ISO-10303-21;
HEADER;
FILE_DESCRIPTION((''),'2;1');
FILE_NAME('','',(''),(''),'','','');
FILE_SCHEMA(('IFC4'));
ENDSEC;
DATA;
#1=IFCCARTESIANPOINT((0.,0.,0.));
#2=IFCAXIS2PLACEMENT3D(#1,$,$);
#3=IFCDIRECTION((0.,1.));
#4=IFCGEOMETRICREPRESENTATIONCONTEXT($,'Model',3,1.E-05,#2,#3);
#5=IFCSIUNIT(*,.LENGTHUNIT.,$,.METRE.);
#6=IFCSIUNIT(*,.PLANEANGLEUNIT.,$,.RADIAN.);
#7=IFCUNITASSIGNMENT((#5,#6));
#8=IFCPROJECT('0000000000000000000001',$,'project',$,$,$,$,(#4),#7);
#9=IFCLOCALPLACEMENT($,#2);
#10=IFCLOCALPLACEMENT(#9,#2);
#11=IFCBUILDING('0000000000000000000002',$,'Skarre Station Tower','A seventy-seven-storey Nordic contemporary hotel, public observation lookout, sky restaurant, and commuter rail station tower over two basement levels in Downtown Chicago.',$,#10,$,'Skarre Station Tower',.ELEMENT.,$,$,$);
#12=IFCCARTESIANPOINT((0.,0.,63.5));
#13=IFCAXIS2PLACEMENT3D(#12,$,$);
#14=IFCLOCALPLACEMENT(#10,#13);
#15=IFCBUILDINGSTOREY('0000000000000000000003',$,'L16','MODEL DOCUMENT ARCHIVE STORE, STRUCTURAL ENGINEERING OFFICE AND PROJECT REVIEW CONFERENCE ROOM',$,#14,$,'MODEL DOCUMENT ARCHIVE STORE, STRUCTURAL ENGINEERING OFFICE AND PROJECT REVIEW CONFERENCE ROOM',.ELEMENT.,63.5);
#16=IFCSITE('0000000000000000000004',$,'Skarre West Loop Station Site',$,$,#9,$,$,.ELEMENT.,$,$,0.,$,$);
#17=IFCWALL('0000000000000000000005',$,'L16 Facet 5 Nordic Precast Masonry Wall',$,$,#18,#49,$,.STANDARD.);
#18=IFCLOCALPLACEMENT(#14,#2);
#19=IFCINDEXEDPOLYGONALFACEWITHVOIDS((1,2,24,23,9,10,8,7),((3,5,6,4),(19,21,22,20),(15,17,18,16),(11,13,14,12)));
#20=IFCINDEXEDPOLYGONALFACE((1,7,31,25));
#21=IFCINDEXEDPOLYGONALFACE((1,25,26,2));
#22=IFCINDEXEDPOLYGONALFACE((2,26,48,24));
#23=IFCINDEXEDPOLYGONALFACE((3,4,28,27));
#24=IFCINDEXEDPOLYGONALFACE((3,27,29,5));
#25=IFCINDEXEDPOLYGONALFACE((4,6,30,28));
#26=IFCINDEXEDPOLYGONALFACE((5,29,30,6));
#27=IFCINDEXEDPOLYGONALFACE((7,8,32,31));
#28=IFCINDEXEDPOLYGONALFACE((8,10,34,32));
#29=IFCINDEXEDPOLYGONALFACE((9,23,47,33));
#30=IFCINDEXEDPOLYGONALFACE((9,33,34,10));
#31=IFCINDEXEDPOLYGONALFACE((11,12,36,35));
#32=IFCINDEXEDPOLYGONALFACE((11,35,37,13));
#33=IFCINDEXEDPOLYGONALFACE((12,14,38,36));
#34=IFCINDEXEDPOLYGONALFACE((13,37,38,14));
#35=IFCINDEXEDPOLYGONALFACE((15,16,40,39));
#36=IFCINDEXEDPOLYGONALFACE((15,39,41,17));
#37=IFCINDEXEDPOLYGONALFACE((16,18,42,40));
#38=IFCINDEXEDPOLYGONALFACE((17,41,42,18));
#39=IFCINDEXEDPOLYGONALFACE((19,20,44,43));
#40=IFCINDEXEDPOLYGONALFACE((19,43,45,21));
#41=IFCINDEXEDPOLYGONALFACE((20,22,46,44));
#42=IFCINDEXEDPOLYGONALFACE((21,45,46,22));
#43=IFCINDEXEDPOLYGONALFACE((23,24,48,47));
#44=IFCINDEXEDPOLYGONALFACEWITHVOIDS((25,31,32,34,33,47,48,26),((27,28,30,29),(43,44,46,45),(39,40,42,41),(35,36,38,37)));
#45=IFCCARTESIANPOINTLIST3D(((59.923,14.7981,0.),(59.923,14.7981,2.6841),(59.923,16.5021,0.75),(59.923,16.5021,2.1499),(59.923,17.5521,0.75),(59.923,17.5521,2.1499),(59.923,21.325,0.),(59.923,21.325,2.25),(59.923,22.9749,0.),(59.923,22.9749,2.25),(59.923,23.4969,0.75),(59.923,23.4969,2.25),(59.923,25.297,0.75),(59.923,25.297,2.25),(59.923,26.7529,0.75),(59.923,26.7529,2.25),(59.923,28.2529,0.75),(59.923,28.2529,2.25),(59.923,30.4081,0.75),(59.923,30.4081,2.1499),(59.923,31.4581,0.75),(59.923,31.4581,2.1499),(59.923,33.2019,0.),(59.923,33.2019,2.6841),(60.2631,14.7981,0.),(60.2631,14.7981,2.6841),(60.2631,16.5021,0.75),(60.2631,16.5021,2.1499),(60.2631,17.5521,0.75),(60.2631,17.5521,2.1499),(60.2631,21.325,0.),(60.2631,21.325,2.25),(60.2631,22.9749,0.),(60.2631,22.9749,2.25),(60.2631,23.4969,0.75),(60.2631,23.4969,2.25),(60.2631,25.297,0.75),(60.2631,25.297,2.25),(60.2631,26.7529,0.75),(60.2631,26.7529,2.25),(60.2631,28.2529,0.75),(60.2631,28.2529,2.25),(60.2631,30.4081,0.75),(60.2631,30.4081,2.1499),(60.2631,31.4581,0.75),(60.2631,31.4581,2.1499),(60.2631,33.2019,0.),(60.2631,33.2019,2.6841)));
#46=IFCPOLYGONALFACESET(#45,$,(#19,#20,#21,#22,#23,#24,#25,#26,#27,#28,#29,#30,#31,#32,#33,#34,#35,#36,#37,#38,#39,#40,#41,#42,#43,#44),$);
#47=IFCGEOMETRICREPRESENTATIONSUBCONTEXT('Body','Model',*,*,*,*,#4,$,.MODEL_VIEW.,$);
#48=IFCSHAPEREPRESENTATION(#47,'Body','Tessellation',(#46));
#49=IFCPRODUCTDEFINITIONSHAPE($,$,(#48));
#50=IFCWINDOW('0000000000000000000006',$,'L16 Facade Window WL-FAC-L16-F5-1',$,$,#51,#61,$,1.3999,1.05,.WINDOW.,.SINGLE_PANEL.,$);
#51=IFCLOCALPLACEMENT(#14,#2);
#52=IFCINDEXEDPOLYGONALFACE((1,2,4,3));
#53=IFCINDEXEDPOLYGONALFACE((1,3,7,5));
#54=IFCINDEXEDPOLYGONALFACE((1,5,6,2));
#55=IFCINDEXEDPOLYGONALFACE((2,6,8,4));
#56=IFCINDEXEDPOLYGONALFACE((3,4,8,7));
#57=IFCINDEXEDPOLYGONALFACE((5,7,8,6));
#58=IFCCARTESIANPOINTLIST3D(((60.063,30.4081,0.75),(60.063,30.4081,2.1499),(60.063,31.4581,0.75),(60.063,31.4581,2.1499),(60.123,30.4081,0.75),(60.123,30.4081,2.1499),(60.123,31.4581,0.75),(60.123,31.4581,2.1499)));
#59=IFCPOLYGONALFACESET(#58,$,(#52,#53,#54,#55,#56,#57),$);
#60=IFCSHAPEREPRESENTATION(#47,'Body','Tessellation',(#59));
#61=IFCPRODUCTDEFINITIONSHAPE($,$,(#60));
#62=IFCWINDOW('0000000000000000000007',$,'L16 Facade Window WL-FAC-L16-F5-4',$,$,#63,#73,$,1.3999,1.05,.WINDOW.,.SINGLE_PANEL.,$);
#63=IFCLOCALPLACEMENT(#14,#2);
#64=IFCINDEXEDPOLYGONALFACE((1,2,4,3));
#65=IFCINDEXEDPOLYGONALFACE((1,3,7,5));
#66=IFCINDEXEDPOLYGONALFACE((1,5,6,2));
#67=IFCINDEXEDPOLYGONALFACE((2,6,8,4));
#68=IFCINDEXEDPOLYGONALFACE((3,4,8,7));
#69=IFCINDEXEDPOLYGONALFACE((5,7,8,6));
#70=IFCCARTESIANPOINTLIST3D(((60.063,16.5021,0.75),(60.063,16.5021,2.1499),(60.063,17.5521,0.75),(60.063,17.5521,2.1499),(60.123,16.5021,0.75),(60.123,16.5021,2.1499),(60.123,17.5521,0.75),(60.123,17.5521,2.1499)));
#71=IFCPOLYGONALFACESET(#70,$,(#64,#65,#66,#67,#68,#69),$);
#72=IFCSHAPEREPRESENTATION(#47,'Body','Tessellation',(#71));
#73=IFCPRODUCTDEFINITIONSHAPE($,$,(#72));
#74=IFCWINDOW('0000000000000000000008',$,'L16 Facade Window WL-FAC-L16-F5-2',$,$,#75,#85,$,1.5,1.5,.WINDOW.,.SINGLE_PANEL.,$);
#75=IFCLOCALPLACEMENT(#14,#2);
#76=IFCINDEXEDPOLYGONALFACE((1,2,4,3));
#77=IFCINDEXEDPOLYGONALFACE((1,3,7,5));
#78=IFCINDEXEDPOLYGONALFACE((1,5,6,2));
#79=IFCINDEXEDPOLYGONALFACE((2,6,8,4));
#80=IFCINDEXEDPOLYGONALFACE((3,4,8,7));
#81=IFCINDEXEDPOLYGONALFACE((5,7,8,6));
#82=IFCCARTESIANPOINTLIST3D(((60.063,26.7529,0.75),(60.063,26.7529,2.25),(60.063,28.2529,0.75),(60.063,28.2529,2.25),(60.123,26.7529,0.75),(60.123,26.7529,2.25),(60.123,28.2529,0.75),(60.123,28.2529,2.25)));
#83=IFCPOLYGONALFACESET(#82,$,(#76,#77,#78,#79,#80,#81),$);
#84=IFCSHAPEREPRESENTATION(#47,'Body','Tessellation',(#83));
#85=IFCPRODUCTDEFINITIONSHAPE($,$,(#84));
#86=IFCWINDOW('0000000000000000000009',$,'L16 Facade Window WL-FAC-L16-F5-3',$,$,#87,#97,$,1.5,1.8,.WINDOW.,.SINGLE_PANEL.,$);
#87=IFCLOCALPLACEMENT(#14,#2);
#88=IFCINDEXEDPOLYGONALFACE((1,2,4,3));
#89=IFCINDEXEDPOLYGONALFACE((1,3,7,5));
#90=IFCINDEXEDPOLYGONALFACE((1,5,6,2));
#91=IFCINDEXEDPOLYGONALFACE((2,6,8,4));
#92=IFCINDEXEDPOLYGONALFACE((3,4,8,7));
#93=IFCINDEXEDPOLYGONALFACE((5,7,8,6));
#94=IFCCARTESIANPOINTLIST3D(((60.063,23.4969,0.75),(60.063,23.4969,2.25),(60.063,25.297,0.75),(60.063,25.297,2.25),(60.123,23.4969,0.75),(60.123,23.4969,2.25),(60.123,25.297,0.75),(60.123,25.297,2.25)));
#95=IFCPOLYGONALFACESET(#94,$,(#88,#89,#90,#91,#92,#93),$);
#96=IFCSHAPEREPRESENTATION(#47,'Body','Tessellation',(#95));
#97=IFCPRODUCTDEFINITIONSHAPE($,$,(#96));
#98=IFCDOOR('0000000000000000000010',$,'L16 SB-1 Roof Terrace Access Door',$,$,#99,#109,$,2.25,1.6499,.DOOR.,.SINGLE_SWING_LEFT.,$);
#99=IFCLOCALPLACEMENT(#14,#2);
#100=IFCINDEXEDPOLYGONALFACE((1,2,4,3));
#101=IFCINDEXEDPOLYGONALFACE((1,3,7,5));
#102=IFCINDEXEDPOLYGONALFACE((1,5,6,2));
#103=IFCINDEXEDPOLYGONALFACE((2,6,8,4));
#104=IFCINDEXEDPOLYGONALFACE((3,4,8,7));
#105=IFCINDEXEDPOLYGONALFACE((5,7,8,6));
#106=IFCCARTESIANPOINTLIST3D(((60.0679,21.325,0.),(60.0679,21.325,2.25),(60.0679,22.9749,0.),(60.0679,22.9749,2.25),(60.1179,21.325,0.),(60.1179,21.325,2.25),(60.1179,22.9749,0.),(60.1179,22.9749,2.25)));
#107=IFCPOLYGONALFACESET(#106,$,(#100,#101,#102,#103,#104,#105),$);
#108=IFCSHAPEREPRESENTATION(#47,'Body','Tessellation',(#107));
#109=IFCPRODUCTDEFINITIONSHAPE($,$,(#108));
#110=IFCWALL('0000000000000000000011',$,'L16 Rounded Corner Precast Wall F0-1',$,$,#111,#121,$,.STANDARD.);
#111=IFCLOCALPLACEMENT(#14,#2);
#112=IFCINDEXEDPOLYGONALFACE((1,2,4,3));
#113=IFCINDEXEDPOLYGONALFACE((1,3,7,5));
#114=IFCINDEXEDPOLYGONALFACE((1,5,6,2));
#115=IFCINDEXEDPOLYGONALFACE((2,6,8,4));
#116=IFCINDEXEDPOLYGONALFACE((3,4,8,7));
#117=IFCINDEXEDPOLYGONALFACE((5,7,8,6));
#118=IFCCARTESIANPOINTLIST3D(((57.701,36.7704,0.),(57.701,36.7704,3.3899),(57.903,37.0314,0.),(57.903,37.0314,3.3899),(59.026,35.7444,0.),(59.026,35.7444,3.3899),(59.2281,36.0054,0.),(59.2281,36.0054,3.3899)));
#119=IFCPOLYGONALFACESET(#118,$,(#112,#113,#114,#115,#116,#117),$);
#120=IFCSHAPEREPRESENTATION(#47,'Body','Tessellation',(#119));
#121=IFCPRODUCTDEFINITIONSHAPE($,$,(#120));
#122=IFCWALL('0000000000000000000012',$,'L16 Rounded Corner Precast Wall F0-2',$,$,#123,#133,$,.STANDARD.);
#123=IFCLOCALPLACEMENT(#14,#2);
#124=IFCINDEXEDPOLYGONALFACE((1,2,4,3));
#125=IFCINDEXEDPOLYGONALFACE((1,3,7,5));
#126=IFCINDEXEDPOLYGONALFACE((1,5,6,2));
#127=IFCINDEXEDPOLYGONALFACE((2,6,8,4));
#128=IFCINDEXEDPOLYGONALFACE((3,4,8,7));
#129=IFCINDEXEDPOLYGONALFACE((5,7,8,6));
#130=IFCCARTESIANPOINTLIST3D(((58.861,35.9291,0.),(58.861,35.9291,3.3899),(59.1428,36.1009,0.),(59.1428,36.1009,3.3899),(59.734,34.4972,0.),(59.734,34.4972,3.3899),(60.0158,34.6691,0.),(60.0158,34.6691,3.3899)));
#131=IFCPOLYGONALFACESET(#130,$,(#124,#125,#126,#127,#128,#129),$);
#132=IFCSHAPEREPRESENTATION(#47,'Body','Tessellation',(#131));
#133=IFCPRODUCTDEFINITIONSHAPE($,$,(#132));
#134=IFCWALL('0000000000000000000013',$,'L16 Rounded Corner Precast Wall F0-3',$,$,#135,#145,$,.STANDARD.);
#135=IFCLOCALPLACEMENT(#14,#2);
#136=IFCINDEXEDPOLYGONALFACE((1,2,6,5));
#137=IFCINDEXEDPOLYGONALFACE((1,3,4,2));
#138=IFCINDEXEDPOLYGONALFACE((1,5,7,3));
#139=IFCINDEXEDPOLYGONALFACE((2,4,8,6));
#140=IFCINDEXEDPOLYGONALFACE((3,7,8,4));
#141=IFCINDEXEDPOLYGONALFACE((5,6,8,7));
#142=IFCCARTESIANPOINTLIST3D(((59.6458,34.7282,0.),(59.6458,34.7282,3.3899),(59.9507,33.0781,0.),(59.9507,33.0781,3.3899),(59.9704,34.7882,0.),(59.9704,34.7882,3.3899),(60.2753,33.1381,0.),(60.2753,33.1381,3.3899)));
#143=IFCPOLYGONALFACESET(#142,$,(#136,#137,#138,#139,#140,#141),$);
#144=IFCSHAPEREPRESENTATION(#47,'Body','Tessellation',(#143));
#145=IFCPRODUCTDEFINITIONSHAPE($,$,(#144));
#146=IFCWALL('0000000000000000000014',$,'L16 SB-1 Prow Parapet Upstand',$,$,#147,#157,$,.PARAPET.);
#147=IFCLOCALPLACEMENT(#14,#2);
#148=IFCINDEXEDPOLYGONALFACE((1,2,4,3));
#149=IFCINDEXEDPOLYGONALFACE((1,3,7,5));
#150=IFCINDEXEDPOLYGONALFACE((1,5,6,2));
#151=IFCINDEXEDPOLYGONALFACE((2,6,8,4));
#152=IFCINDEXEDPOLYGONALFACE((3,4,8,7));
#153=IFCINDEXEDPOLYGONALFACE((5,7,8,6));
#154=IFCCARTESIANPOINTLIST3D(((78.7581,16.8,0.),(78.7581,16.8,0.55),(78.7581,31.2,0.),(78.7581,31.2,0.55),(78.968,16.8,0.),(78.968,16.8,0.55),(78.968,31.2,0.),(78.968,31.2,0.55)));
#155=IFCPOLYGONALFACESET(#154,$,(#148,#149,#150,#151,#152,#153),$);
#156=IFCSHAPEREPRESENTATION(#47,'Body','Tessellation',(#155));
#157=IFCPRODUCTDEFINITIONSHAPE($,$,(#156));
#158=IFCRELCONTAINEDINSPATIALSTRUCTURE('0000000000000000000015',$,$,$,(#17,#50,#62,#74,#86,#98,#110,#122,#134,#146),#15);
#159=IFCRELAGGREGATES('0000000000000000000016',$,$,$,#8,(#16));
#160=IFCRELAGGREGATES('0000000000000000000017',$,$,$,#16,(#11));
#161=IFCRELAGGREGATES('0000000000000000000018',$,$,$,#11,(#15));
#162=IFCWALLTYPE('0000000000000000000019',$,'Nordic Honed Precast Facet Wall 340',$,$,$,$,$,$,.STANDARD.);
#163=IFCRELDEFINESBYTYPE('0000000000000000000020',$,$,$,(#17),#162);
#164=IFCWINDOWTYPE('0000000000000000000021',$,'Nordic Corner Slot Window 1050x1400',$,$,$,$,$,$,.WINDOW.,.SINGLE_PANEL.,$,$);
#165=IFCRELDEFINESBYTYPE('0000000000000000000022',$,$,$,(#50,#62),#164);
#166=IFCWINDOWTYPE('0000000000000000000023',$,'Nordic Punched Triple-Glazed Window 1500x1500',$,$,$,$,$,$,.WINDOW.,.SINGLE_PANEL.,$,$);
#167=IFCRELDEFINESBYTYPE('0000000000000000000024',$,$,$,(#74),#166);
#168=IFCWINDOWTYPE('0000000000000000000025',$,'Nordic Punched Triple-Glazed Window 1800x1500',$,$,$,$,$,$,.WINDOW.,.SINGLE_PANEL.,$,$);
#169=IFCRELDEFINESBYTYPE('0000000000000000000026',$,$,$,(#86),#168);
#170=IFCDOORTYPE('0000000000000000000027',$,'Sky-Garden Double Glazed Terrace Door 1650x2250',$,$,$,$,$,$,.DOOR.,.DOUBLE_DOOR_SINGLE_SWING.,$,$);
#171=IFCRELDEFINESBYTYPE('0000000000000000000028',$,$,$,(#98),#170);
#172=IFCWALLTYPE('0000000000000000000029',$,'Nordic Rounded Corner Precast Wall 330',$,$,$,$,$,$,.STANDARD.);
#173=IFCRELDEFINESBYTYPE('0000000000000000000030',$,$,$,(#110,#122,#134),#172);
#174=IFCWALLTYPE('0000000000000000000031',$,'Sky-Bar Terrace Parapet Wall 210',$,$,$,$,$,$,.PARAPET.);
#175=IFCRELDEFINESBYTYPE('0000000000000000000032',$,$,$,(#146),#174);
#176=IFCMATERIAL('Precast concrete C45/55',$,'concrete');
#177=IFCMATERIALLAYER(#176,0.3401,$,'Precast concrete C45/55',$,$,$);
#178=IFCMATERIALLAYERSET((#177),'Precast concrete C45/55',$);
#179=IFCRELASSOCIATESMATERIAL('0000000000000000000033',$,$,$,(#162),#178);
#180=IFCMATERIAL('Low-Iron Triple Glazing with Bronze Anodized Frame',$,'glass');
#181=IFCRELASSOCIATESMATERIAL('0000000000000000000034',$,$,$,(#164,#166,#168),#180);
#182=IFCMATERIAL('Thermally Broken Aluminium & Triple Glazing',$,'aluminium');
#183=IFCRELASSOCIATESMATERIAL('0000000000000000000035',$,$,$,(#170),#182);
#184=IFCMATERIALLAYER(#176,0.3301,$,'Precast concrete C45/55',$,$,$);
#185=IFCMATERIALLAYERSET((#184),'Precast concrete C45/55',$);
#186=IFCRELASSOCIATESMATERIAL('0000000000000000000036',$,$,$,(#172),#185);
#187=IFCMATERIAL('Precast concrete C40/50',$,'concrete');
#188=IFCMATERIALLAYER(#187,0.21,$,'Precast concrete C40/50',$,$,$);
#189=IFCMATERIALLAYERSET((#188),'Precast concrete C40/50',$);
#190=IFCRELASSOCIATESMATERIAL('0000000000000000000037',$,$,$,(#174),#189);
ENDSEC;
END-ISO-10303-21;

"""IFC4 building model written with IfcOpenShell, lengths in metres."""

from ifc_helpers import new_model, si_unit, direction, frame, frame_2d, origin, place, context, subcontext, project, spatial, rectangle, extrude, material, layer, layer_set, type_object, element, fill, save


model = new_model("IFC4")

# Units and contexts
model_context = context("Model", 3, precision=1e-05, world=origin(), true_north=direction((0.0, 1.0)))
body_context = subcontext(model_context, "Body", "Model", "MODEL_VIEW")
ifc_project = project(units=[si_unit("LENGTHUNIT", "METRE"), si_unit("PLANEANGLEUNIT", "RADIAN")], contexts=[model_context])

# Site, building, storey
site_placement = place(None, origin())
site = spatial("IfcSite", under=ifc_project, at=site_placement, Name="Skarre West Loop Station Site", CompositionType="ELEMENT", RefElevation=0.0)
building_placement = place(site_placement, origin())
building = spatial("IfcBuilding", under=site, at=building_placement, Name="Skarre Station Tower", Description="A seventy-seven-storey Nordic contemporary hotel, public observation lookout, sky restaurant, and commuter rail station tower over two basement levels in Downtown Chicago.", LongName="Skarre Station Tower", CompositionType="ELEMENT")
storey_placement = place(building_placement, frame((0.0, 0.0, 63.5)))
storey = spatial("IfcBuildingStorey", under=building, at=storey_placement, Name="L16", Description="MODEL DOCUMENT ARCHIVE STORE, STRUCTURAL ENGINEERING OFFICE AND PROJECT REVIEW CONFERENCE ROOM", LongName="MODEL DOCUMENT ARCHIVE STORE, STRUCTURAL ENGINEERING OFFICE AND PROJECT REVIEW CONFERENCE ROOM", CompositionType="ELEMENT", Elevation=63.5)

# Wall, openings, windows, door
ifc_material_1 = material(Name="Precast concrete C45/55", Category="concrete")
ifc_layer_1 = layer(ifc_material_1, 0.3401, Name="Precast concrete C45/55")
ifc_layer_set_1 = layer_set([ifc_layer_1], Name="Precast concrete C45/55")
wall_type_1 = type_object("IfcWallType", Name="Nordic Honed Precast Facet Wall 340", PredefinedType="STANDARD", material=ifc_layer_set_1)
wall_1_placement = place(storey_placement, frame((60.093, 33.2019, 0.0), z_axis=(0.0, 0.0, 1.0), x_axis=(0.0, -1.0, 0.0)))
wall_1 = element("IfcWall", 1, at=wall_1_placement, inside=storey, type_object=wall_type_1, Name="L16 Facet 5 Nordic Precast Masonry Wall", PredefinedType="STANDARD", context=body_context, shape_type="SweptSolid", body=[
    extrude(rectangle(XDim=18.4038, YDim=0.3401, at=frame_2d((9.2019, 0.0))), origin(), (0.0, 0.0, 1.0), 2.6841),
])
opening_1_placement = place(wall_1_placement, frame((10.2271, 0.0, 0.0)))
opening_1 = element("IfcOpeningElement", 2, at=opening_1_placement, cuts=wall_1, PredefinedType="OPENING", context=body_context, shape_type="SweptSolid", body=[
    extrude(rectangle(XDim=1.6499, YDim=2.25, at=frame_2d((0.825, 1.125))), frame((0.0, 0.1799, 0.0), z_axis=(0.0, -1.0, 0.0), x_axis=(1.0, 0.0, 0.0)), (0.0, 0.0, 1.0), 0.3601),
])
opening_2_placement = place(wall_1_placement, frame((1.7439, 0.0, 0.75)))
opening_2 = element("IfcOpeningElement", 3, at=opening_2_placement, cuts=wall_1, PredefinedType="OPENING", context=body_context, shape_type="SweptSolid", body=[
    extrude(rectangle(XDim=1.05, YDim=1.3999, at=frame_2d((0.5249, 0.7))), frame((0.0, 0.1799, 0.0), z_axis=(0.0, -1.0, 0.0), x_axis=(1.0, 0.0, 0.0)), (0.0, 0.0, 1.0), 0.3601),
])
opening_3_placement = place(wall_1_placement, frame((4.949, 0.0, 0.75)))
opening_3 = element("IfcOpeningElement", 4, at=opening_3_placement, cuts=wall_1, PredefinedType="OPENING", context=body_context, shape_type="SweptSolid", body=[
    extrude(rectangle(XDim=1.5, YDim=1.5, at=frame_2d((0.75, 0.75))), frame((0.0, 0.1799, 0.0), z_axis=(0.0, -1.0, 0.0), x_axis=(1.0, 0.0, 0.0)), (0.0, 0.0, 1.0), 0.3601),
])
opening_4_placement = place(wall_1_placement, frame((7.905, 0.0, 0.75)))
opening_4 = element("IfcOpeningElement", 5, at=opening_4_placement, cuts=wall_1, PredefinedType="OPENING", context=body_context, shape_type="SweptSolid", body=[
    extrude(rectangle(XDim=1.8, YDim=1.5, at=frame_2d((0.8999, 0.75))), frame((0.0, 0.1799, 0.0), z_axis=(0.0, -1.0, 0.0), x_axis=(1.0, 0.0, 0.0)), (0.0, 0.0, 1.0), 0.3601),
])
opening_5_placement = place(wall_1_placement, frame((15.6499, 0.0, 0.75)))
opening_5 = element("IfcOpeningElement", 6, at=opening_5_placement, cuts=wall_1, PredefinedType="OPENING", context=body_context, shape_type="SweptSolid", body=[
    extrude(rectangle(XDim=1.05, YDim=1.3999, at=frame_2d((0.5249, 0.7))), frame((0.0, 0.1799, 0.0), z_axis=(0.0, -1.0, 0.0), x_axis=(1.0, 0.0, 0.0)), (0.0, 0.0, 1.0), 0.3601),
])
ifc_material_2 = material(Name="Low-Iron Triple Glazing with Bronze Anodized Frame", Category="glass")
window_type_1 = type_object("IfcWindowType", Name="Nordic Corner Slot Window 1050x1400", PartitioningType="SINGLE_PANEL", PredefinedType="WINDOW", material=ifc_material_2)
window_1_placement = place(opening_2_placement, origin())
window_1 = element("IfcWindow", 7, at=window_1_placement, inside=storey, type_object=window_type_1, Name="L16 Facade Window WL-FAC-L16-F5-1", OverallHeight=1.3999, OverallWidth=1.05, PartitioningType="SINGLE_PANEL", PredefinedType="WINDOW", context=body_context, shape_type="SweptSolid", body=[
    extrude(rectangle(XDim=1.05, YDim=1.3999, at=frame_2d((0.5249, 0.7))), frame((0.0, 0.03, 0.0), z_axis=(0.0, -1.0, 0.0), x_axis=(1.0, 0.0, 0.0)), (0.0, 0.0, 1.0), 0.0601),
])
fill(opening_2, window_1)
window_2_placement = place(opening_5_placement, origin())
window_2 = element("IfcWindow", 8, at=window_2_placement, inside=storey, type_object=window_type_1, Name="L16 Facade Window WL-FAC-L16-F5-4", OverallHeight=1.3999, OverallWidth=1.05, PartitioningType="SINGLE_PANEL", PredefinedType="WINDOW", context=body_context, shape_type="SweptSolid", body=[
    extrude(rectangle(XDim=1.05, YDim=1.3999, at=frame_2d((0.5249, 0.7))), frame((0.0, 0.03, 0.0), z_axis=(0.0, -1.0, 0.0), x_axis=(1.0, 0.0, 0.0)), (0.0, 0.0, 1.0), 0.0601),
])
fill(opening_5, window_2)
window_type_2 = type_object("IfcWindowType", Name="Nordic Punched Triple-Glazed Window 1500x1500", PartitioningType="SINGLE_PANEL", PredefinedType="WINDOW", material=ifc_material_2)
window_3_placement = place(opening_3_placement, origin())
window_3 = element("IfcWindow", 9, at=window_3_placement, inside=storey, type_object=window_type_2, Name="L16 Facade Window WL-FAC-L16-F5-2", OverallHeight=1.5, OverallWidth=1.5, PartitioningType="SINGLE_PANEL", PredefinedType="WINDOW", context=body_context, shape_type="SweptSolid", body=[
    extrude(rectangle(XDim=1.5, YDim=1.5, at=frame_2d((0.75, 0.75))), frame((0.0, 0.03, 0.0), z_axis=(0.0, -1.0, 0.0), x_axis=(1.0, 0.0, 0.0)), (0.0, 0.0, 1.0), 0.0601),
])
fill(opening_3, window_3)
window_type_3 = type_object("IfcWindowType", Name="Nordic Punched Triple-Glazed Window 1800x1500", PartitioningType="SINGLE_PANEL", PredefinedType="WINDOW", material=ifc_material_2)
window_4_placement = place(opening_4_placement, origin())
window_4 = element("IfcWindow", 10, at=window_4_placement, inside=storey, type_object=window_type_3, Name="L16 Facade Window WL-FAC-L16-F5-3", OverallHeight=1.5, OverallWidth=1.8, PartitioningType="SINGLE_PANEL", PredefinedType="WINDOW", context=body_context, shape_type="SweptSolid", body=[
    extrude(rectangle(XDim=1.8, YDim=1.5, at=frame_2d((0.8999, 0.75))), frame((0.0, 0.03, 0.0), z_axis=(0.0, -1.0, 0.0), x_axis=(1.0, 0.0, 0.0)), (0.0, 0.0, 1.0), 0.0601),
])
fill(opening_4, window_4)
ifc_material_3 = material(Name="Thermally Broken Aluminium & Triple Glazing", Category="aluminium")
door_type_1 = type_object("IfcDoorType", Name="Sky-Garden Double Glazed Terrace Door 1650x2250", OperationType="DOUBLE_DOOR_SINGLE_SWING", PredefinedType="DOOR", material=ifc_material_3)
door_1_placement = place(opening_1_placement, origin())
door_1 = element("IfcDoor", 11, at=door_1_placement, inside=storey, type_object=door_type_1, Name="L16 SB-1 Roof Terrace Access Door", OperationType="SINGLE_SWING_LEFT", OverallHeight=2.25, OverallWidth=1.6499, PredefinedType="DOOR", context=body_context, shape_type="SweptSolid", body=[
    extrude(rectangle(XDim=1.6499, YDim=2.25, at=frame_2d((0.825, 1.125))), frame((0.0, 0.0249, 0.0), z_axis=(0.0, -1.0, 0.0), x_axis=(1.0, 0.0, 0.0)), (0.0, 0.0, 1.0), 0.05),
])
fill(opening_1, door_1)

# Walls
ifc_layer_2 = layer(ifc_material_1, 0.3301, Name="Precast concrete C45/55")
ifc_layer_set_2 = layer_set([ifc_layer_2], Name="Precast concrete C45/55")
wall_type_2 = type_object("IfcWallType", Name="Nordic Rounded Corner Precast Wall 330", PredefinedType="STANDARD", material=ifc_layer_set_2)
wall_2_placement = place(storey_placement, frame((57.802, 36.9009, 0.0), z_axis=(0.0, 0.0, 1.0), x_axis=(0.790692, -0.612214, 0.0)))
element("IfcWall", 12, at=wall_2_placement, inside=storey, type_object=wall_type_2, Name="L16 Rounded Corner Precast Wall F0-1", PredefinedType="STANDARD", context=body_context, shape_type="SweptSolid", body=[
    extrude(rectangle(XDim=1.6758, YDim=0.3301, at=frame_2d((0.8379, 0.0))), origin(), (0.0, 0.0, 1.0), 3.3899),
])
wall_3_placement = place(storey_placement, frame((59.002, 36.0149, 0.0), z_axis=(0.0, 0.0, 1.0), x_axis=(0.520584, -0.85381, 0.0)))
element("IfcWall", 13, at=wall_3_placement, inside=storey, type_object=wall_type_2, Name="L16 Rounded Corner Precast Wall F0-2", PredefinedType="STANDARD", context=body_context, shape_type="SweptSolid", body=[
    extrude(rectangle(XDim=1.677, YDim=0.3301, at=frame_2d((0.8384, 0.0))), origin(), (0.0, 0.0, 1.0), 3.3899),
])
wall_4_placement = place(storey_placement, frame((59.8081, 34.7581, 0.0), z_axis=(0.0, 0.0, 1.0), x_axis=(0.181714, -0.983351, 0.0)))
element("IfcWall", 14, at=wall_4_placement, inside=storey, type_object=wall_type_2, Name="L16 Rounded Corner Precast Wall F0-3", PredefinedType="STANDARD", context=body_context, shape_type="SweptSolid", body=[
    extrude(rectangle(XDim=1.678, YDim=0.3301, at=frame_2d((0.8389, 0.0))), origin(), (0.0, 0.0, 1.0), 3.3899),
])
ifc_material_4 = material(Name="Precast concrete C40/50", Category="concrete")
ifc_layer_3 = layer(ifc_material_4, 0.21, Name="Precast concrete C40/50")
ifc_layer_set_3 = layer_set([ifc_layer_3], Name="Precast concrete C40/50")
wall_type_3 = type_object("IfcWallType", Name="Sky-Bar Terrace Parapet Wall 210", PredefinedType="PARAPET", material=ifc_layer_set_3)
wall_5_placement = place(storey_placement, frame((78.863, 31.2, 0.0), z_axis=(0.0, 0.0, 1.0), x_axis=(0.0, -1.0, 0.0)))
element("IfcWall", 15, at=wall_5_placement, inside=storey, type_object=wall_type_3, Name="L16 SB-1 Prow Parapet Upstand", PredefinedType="PARAPET", context=body_context, shape_type="SweptSolid", body=[
    extrude(rectangle(XDim=14.3999, YDim=0.21, at=frame_2d((7.2, 0.0))), origin(), (0.0, 0.0, 1.0), 0.55),
])

save(model, "model.ifc")
